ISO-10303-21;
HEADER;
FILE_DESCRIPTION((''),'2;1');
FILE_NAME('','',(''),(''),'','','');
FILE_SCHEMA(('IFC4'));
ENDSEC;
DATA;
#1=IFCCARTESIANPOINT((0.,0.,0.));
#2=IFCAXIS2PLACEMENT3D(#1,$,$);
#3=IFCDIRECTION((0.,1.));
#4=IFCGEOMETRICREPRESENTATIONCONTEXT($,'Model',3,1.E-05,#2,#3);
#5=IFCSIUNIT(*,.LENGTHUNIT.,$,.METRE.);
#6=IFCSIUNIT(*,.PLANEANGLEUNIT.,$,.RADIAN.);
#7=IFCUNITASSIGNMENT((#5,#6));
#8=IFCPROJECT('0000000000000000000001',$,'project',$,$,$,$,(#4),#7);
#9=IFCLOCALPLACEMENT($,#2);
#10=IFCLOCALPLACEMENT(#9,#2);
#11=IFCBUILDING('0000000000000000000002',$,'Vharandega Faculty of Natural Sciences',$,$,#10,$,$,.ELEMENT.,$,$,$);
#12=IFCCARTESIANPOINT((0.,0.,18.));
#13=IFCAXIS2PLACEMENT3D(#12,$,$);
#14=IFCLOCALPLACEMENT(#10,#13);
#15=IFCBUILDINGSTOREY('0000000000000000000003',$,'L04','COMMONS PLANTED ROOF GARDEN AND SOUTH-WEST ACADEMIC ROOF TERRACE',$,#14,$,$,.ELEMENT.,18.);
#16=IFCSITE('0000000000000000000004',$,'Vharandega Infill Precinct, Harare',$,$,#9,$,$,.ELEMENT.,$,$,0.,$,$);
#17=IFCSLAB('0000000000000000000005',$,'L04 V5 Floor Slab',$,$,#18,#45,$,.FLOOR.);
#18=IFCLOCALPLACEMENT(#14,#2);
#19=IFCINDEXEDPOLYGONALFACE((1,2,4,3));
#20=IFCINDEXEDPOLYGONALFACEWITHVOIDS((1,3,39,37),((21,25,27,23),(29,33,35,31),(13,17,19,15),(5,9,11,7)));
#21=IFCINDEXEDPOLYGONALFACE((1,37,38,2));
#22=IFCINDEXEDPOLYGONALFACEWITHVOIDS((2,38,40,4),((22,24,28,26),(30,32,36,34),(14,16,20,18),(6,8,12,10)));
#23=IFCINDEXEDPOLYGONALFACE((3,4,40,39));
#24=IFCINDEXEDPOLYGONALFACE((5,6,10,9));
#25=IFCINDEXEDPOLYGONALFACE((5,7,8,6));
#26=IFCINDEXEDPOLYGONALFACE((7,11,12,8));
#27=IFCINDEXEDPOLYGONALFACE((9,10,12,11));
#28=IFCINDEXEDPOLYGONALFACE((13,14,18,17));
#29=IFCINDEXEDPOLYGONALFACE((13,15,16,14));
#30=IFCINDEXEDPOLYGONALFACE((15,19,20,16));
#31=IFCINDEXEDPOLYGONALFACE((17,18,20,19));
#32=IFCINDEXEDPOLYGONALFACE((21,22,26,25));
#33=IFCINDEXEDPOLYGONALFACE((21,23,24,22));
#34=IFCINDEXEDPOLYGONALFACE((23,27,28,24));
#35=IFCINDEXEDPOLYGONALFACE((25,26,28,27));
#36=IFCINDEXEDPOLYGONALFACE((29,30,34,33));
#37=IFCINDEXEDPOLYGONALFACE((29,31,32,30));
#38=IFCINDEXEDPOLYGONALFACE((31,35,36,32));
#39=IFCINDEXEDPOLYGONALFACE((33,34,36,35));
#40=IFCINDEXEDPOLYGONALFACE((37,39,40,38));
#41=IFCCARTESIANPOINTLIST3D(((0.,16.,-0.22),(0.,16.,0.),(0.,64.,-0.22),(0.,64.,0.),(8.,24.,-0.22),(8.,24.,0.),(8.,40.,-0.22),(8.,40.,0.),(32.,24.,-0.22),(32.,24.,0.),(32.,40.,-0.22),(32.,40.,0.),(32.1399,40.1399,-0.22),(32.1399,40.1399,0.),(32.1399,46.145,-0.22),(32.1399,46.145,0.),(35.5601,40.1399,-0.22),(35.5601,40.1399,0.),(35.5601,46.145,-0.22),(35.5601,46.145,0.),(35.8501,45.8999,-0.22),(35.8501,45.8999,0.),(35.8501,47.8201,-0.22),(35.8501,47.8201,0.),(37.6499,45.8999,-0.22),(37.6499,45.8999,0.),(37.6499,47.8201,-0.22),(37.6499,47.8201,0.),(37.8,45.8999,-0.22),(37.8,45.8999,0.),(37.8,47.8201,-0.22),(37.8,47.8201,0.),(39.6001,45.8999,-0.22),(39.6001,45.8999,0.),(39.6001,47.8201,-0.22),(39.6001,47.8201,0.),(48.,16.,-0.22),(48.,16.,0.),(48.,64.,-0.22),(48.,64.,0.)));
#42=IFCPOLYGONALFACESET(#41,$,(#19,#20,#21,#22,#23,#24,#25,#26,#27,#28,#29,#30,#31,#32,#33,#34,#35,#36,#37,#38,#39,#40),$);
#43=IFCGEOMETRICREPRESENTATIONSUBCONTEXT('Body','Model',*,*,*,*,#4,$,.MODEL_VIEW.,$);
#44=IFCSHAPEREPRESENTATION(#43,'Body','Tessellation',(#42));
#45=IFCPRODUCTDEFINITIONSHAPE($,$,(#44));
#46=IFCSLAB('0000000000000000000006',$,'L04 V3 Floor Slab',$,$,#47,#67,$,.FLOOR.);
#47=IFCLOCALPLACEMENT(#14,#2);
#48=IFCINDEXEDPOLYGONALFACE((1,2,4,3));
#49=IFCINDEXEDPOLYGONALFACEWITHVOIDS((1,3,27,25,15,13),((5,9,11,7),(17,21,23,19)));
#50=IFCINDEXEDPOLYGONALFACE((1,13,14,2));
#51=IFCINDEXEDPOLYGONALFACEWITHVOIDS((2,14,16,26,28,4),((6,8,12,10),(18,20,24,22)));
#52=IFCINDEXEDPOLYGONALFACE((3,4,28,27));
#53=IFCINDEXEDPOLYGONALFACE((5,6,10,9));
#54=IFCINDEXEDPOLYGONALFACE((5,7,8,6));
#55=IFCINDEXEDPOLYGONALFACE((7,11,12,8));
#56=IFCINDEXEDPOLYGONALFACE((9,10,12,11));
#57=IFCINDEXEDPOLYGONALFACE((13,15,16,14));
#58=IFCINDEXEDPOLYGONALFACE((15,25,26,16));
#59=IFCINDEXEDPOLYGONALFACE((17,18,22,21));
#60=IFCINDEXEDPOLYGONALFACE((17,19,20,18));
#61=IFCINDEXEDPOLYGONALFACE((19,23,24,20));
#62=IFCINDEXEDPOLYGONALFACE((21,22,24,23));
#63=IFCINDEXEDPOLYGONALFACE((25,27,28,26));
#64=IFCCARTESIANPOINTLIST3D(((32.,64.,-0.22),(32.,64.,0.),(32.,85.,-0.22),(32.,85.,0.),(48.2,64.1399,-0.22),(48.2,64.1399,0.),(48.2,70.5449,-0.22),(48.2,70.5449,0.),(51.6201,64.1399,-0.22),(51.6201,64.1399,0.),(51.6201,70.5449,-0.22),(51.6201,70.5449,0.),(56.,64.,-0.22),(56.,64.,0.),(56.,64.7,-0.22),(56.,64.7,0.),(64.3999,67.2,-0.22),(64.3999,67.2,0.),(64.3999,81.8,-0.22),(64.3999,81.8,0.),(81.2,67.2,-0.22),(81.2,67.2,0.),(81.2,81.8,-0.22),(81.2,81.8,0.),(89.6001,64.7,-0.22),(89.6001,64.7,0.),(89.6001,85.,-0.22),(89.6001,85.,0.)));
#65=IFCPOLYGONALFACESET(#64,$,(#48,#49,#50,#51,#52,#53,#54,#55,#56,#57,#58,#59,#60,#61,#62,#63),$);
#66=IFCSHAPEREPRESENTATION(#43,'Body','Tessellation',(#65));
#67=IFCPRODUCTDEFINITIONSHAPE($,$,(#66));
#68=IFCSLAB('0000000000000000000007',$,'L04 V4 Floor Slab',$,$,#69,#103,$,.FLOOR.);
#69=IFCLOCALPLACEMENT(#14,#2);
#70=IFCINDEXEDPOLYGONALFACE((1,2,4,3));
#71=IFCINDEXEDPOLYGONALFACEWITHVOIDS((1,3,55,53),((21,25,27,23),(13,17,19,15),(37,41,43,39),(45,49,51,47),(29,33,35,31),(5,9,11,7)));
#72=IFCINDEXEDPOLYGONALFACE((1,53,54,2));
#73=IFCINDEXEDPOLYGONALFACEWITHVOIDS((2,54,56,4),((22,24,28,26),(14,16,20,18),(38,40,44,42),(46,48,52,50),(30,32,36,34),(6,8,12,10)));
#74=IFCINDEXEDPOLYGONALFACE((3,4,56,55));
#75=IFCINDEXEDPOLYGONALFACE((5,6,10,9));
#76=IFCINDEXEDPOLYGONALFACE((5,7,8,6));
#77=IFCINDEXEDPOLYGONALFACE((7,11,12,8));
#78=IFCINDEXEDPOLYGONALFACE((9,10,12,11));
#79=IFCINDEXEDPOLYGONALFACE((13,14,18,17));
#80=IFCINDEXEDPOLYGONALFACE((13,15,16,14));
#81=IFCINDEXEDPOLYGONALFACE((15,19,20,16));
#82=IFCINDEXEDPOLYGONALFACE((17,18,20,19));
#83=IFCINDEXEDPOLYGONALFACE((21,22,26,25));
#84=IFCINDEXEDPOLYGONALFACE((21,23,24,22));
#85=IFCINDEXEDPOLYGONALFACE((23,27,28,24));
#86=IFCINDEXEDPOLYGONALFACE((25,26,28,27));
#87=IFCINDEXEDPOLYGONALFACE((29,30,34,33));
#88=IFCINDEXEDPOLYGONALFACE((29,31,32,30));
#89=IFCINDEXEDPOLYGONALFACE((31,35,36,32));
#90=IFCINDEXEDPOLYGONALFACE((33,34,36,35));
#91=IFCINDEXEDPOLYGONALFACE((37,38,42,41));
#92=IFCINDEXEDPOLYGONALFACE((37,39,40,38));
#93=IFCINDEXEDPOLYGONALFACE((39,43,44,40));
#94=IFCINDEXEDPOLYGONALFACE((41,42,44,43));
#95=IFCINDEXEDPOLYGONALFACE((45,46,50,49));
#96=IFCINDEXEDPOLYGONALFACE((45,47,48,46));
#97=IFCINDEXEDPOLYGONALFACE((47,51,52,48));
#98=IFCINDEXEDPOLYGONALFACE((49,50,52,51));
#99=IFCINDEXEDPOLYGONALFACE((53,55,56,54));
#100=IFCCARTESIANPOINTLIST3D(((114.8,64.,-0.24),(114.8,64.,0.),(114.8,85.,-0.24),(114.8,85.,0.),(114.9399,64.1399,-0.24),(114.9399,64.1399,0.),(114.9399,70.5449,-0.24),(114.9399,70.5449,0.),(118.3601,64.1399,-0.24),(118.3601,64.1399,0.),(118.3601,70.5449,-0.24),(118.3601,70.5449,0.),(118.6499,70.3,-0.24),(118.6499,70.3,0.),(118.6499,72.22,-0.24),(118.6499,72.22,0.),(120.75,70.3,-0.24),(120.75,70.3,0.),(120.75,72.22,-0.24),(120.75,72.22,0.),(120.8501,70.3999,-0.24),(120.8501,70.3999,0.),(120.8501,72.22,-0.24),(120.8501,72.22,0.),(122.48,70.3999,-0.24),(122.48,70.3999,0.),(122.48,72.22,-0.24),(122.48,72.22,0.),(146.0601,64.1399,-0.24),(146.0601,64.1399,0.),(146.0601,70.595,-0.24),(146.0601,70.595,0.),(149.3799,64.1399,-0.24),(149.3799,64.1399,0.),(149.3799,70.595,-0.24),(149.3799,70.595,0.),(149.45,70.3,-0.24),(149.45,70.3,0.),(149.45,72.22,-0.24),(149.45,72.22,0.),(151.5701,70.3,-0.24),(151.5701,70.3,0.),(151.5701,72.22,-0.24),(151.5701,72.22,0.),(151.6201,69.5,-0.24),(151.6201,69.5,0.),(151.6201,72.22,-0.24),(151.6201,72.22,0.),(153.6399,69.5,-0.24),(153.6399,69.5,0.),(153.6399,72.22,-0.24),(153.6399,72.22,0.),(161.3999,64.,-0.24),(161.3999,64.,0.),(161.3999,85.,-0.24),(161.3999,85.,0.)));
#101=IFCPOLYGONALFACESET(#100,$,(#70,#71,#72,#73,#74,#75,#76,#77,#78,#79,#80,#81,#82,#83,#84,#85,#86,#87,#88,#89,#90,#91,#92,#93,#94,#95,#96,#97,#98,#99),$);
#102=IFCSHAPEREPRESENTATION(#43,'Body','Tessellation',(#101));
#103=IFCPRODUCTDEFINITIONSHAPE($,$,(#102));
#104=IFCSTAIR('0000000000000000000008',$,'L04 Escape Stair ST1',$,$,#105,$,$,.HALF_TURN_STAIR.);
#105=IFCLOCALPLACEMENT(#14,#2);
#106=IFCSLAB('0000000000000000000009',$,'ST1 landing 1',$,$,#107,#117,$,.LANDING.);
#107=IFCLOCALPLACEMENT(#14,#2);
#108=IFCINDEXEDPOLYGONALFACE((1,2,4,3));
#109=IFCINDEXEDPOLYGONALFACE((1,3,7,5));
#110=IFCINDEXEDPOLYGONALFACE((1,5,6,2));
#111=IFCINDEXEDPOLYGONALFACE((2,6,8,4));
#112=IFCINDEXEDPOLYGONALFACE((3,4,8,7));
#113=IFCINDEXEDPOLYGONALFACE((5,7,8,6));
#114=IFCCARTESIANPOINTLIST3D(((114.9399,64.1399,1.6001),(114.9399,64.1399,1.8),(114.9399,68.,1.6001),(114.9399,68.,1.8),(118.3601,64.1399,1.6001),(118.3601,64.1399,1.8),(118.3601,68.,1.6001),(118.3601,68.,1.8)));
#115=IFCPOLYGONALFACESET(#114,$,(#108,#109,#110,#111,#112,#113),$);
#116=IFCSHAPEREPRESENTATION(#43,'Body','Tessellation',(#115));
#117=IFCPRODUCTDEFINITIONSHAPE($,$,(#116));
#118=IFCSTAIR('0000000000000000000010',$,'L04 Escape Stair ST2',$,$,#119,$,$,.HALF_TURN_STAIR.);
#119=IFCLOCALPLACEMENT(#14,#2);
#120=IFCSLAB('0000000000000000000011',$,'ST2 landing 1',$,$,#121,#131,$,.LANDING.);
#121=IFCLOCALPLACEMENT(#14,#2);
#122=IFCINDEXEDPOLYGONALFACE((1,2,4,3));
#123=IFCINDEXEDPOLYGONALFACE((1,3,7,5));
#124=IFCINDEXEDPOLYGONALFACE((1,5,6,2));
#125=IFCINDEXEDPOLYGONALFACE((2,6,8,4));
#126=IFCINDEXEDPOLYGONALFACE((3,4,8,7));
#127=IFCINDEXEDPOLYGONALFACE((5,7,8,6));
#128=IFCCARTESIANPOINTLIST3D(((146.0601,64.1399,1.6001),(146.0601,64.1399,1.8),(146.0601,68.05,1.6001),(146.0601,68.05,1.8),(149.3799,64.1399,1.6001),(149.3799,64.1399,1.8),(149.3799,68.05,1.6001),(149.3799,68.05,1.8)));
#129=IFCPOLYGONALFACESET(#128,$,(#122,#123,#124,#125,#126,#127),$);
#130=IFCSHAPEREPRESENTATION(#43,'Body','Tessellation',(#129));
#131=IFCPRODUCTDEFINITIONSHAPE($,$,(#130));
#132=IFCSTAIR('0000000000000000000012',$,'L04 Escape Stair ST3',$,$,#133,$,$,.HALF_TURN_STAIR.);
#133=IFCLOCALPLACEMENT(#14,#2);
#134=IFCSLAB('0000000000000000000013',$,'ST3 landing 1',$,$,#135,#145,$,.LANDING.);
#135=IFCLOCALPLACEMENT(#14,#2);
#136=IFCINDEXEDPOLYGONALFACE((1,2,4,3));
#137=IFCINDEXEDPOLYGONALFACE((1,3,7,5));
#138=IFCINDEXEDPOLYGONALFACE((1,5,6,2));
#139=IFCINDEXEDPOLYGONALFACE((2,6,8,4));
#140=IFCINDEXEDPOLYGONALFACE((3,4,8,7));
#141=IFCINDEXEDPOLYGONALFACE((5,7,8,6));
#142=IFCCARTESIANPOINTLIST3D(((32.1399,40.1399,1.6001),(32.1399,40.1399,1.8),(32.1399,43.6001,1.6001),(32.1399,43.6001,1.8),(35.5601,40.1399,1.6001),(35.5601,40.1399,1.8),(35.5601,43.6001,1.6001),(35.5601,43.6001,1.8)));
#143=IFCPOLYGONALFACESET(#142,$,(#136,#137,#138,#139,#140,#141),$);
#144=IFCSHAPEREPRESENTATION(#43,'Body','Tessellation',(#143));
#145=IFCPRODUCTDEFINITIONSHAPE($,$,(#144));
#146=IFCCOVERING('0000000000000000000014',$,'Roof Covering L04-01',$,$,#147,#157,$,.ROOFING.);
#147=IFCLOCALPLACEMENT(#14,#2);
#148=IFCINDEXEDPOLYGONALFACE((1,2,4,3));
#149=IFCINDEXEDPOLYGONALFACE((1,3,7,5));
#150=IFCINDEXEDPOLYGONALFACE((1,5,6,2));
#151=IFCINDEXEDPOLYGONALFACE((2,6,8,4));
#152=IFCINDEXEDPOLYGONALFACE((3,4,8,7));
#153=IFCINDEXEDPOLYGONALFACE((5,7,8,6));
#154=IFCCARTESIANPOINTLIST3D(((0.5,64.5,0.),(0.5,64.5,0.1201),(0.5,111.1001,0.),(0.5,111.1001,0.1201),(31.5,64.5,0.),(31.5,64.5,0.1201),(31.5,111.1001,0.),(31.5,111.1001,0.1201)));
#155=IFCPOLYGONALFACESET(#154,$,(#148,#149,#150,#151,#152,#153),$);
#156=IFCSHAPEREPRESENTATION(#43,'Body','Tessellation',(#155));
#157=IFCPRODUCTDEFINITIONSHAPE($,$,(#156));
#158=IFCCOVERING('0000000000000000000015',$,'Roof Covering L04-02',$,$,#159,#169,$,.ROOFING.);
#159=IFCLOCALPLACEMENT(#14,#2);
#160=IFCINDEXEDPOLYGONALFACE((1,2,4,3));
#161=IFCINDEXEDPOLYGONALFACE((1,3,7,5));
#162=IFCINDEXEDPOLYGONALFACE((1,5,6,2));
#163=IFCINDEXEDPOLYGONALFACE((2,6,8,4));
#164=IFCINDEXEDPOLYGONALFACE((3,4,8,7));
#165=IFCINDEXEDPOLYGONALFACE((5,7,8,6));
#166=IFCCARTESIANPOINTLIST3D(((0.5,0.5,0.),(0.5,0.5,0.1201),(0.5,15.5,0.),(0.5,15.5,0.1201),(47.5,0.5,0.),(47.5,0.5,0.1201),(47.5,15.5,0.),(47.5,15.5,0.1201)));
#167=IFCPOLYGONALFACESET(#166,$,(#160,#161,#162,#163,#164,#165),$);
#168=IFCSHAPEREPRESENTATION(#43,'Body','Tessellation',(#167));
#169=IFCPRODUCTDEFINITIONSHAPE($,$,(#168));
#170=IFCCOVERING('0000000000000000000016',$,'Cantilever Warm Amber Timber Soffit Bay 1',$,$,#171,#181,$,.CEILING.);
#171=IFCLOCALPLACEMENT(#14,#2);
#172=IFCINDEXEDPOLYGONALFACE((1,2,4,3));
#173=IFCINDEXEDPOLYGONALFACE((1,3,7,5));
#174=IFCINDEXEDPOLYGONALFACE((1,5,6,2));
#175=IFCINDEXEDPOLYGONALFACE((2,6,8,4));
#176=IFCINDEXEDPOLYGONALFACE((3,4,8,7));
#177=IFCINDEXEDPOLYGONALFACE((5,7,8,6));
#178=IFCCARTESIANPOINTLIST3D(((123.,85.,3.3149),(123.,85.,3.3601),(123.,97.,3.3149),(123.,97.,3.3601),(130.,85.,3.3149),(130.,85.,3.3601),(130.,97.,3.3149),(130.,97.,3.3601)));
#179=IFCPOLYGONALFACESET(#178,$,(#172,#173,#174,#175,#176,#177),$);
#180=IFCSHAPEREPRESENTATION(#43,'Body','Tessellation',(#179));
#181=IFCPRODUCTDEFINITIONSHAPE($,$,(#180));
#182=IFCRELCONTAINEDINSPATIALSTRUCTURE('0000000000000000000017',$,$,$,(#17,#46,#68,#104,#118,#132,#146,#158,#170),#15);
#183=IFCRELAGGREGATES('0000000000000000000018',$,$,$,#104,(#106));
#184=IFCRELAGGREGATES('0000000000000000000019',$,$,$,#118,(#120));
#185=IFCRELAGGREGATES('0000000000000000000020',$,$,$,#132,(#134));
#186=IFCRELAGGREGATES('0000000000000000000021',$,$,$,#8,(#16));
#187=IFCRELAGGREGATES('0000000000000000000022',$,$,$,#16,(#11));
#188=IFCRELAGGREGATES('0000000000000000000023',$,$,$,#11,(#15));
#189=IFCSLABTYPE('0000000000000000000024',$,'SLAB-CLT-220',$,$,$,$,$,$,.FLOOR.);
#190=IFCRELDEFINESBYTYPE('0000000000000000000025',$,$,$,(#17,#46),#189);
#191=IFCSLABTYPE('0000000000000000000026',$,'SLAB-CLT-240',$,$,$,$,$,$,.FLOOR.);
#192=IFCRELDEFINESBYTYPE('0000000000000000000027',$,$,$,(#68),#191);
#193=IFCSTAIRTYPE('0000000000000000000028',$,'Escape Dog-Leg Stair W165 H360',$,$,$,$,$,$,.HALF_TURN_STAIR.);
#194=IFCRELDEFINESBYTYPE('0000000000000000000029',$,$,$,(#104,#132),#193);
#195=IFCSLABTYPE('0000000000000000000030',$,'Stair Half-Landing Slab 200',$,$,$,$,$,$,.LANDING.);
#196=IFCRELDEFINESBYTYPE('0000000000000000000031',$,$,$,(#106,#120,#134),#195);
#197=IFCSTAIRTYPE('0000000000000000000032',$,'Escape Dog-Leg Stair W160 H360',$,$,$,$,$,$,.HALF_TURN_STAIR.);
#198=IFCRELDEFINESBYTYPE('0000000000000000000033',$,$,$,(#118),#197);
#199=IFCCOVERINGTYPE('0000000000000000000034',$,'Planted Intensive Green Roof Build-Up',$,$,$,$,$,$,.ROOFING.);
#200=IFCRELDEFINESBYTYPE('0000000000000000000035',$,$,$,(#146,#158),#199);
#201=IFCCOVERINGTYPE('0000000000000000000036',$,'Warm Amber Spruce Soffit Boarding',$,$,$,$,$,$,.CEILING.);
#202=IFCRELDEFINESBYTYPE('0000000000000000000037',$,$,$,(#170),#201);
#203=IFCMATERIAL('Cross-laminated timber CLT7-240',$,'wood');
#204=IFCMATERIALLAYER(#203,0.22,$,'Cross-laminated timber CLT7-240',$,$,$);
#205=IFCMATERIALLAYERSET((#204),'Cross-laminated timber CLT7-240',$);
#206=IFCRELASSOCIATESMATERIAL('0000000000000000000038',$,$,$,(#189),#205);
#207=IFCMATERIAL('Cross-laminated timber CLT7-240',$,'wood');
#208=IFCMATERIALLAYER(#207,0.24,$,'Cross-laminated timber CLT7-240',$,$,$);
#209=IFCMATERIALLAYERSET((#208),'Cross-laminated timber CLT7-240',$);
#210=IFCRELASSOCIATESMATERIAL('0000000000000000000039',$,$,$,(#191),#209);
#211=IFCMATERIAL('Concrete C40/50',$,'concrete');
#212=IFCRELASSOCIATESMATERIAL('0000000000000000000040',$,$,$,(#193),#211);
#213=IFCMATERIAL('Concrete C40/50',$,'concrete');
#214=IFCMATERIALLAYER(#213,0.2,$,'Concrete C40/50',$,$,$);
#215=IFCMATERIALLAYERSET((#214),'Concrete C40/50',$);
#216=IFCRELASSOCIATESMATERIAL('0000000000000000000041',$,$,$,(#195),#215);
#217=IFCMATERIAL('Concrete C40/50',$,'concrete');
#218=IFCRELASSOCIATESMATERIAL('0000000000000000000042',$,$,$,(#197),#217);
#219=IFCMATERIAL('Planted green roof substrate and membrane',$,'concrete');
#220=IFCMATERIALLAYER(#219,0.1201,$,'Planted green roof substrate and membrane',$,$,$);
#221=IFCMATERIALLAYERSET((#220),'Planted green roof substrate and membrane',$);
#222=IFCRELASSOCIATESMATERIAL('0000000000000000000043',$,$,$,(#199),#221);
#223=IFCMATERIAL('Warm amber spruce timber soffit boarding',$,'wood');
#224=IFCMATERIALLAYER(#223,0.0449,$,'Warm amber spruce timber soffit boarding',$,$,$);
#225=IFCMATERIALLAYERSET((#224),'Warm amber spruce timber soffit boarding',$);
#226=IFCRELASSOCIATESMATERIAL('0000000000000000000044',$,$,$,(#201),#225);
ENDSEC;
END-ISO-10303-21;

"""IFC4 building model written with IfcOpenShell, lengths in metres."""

from ifc_helpers import new_model, si_unit, direction, frame, origin, place, context, subcontext, project, spatial, polyline, outline, extrude, material, layer, layer_set, type_object, element, aggregate, save


model = new_model("IFC4")

# Units and contexts
model_context = context("Model", 3, precision=1e-05, world=origin(), true_north=direction((0.0, 1.0)))
body_context = subcontext(model_context, "Body", "Model", "MODEL_VIEW")
ifc_project = project(units=[si_unit("LENGTHUNIT", "METRE"), si_unit("PLANEANGLEUNIT", "RADIAN")], contexts=[model_context])

# Site, building, storey
site_placement = place(None, origin())
site = spatial("IfcSite", under=ifc_project, at=site_placement, Name="Vharandega Infill Precinct, Harare", CompositionType="ELEMENT", RefElevation=0.0)
building_placement = place(site_placement, origin())
building = spatial("IfcBuilding", under=site, at=building_placement, Name="Vharandega Faculty of Natural Sciences", CompositionType="ELEMENT")
storey_placement = place(building_placement, frame((0.0, 0.0, 18.0)))
storey = spatial("IfcBuildingStorey", under=building, at=storey_placement, Name="L04", Description="COMMONS PLANTED ROOF GARDEN AND SOUTH-WEST ACADEMIC ROOF TERRACE", CompositionType="ELEMENT", Elevation=18.0)

# Slabs
ifc_material_1 = material(Name="Cross-laminated timber CLT7-240", Category="wood")
ifc_layer_1 = layer(ifc_material_1, 0.22, Name="Cross-laminated timber CLT7-240")
ifc_layer_set_1 = layer_set([ifc_layer_1], Name="Cross-laminated timber CLT7-240")
slab_type_1 = type_object("IfcSlabType", Name="SLAB-CLT-220", PredefinedType="FLOOR", material=ifc_layer_set_1)
slab_1_placement = place(storey_placement, frame((0.0, 0.0, -0.22)))
element("IfcSlab", 1, at=slab_1_placement, inside=storey, type_object=slab_type_1, Name="L04 V5 Floor Slab", PredefinedType="FLOOR", context=body_context, shape_type="SweptSolid", body=[
    extrude(outline(polyline([(0.0, 16.0), (48.0, 16.0), (48.0, 64.0), (0.0, 64.0), (0.0, 16.0)]), holes=[polyline([(8.0, 24.0), (32.0, 24.0), (32.0, 40.0), (8.0, 40.0), (8.0, 24.0)]), polyline([(32.1399, 46.145), (32.1399, 40.1399), (35.5601, 40.1399), (35.5601, 46.145), (32.1399, 46.145)]), polyline([(35.8501, 45.8999), (37.6499, 45.8999), (37.6499, 47.8201), (35.8501, 47.8201), (35.8501, 45.8999)]), polyline([(37.8, 45.8999), (39.6001, 45.8999), (39.6001, 47.8201), (37.8, 47.8201), (37.8, 45.8999)])]), origin(), (0.0, 0.0, 1.0), 0.22),
])
slab_2_placement = place(storey_placement, frame((0.0, 0.0, -0.22)))
element("IfcSlab", 2, at=slab_2_placement, inside=storey, type_object=slab_type_1, Name="L04 V3 Floor Slab", PredefinedType="FLOOR", context=body_context, shape_type="SweptSolid", body=[
    extrude(outline(polyline([(32.0, 64.0), (56.0, 64.0), (56.0, 64.7), (89.6001, 64.7), (89.6001, 85.0), (32.0, 85.0), (32.0, 64.0)]), holes=[polyline([(64.3999, 67.2), (81.2, 67.2), (81.2, 81.8), (64.3999, 81.8), (64.3999, 67.2)]), polyline([(48.2, 70.5449), (48.2, 64.1399), (51.6201, 64.1399), (51.6201, 70.5449), (48.2, 70.5449)])]), origin(), (0.0, 0.0, 1.0), 0.22),
])
ifc_material_2 = material(Name="Cross-laminated timber CLT7-240", Category="wood")
ifc_layer_2 = layer(ifc_material_2, 0.24, Name="Cross-laminated timber CLT7-240")
ifc_layer_set_2 = layer_set([ifc_layer_2], Name="Cross-laminated timber CLT7-240")
slab_type_2 = type_object("IfcSlabType", Name="SLAB-CLT-240", PredefinedType="FLOOR", material=ifc_layer_set_2)
slab_3_placement = place(storey_placement, frame((0.0, 0.0, -0.24)))
element("IfcSlab", 3, at=slab_3_placement, inside=storey, type_object=slab_type_2, Name="L04 V4 Floor Slab", PredefinedType="FLOOR", context=body_context, shape_type="SweptSolid", body=[
    extrude(outline(polyline([(114.8, 64.0), (161.3999, 64.0), (161.3999, 85.0), (114.8, 85.0), (114.8, 64.0)]), holes=[polyline([(114.9399, 70.5449), (114.9399, 64.1399), (118.3601, 64.1399), (118.3601, 70.5449), (114.9399, 70.5449)]), polyline([(118.6499, 70.3), (120.75, 70.3), (120.75, 72.22), (118.6499, 72.22), (118.6499, 70.3)]), polyline([(120.8501, 70.3999), (122.48, 70.3999), (122.48, 72.22), (120.8501, 72.22), (120.8501, 70.3999)]), polyline([(146.0601, 70.595), (146.0601, 64.1399), (149.3799, 64.1399), (149.3799, 70.595), (146.0601, 70.595)]), polyline([(149.45, 70.3), (151.5701, 70.3), (151.5701, 72.22), (149.45, 72.22), (149.45, 70.3)]), polyline([(151.6201, 69.5), (153.6399, 69.5), (153.6399, 72.22), (151.6201, 72.22), (151.6201, 69.5)])]), origin(), (0.0, 0.0, 1.0), 0.24),
])

# Stairs, slabs
ifc_material_3 = material(Name="Concrete C40/50", Category="concrete")
stair_type_1 = type_object("IfcStairType", Name="Escape Dog-Leg Stair W165 H360", PredefinedType="HALF_TURN_STAIR", material=ifc_material_3)
stair_1_placement = place(storey_placement, origin())
stair_1 = element("IfcStair", 4, at=stair_1_placement, inside=storey, type_object=stair_type_1, Name="L04 Escape Stair ST1", PredefinedType="HALF_TURN_STAIR")
ifc_material_4 = material(Name="Concrete C40/50", Category="concrete")
ifc_layer_3 = layer(ifc_material_4, 0.2, Name="Concrete C40/50")
ifc_layer_set_3 = layer_set([ifc_layer_3], Name="Concrete C40/50")
slab_type_3 = type_object("IfcSlabType", Name="Stair Half-Landing Slab 200", PredefinedType="LANDING", material=ifc_layer_set_3)
slab_4_placement = place(storey_placement, frame((0.0, 0.0, 1.6001)))
slab_4 = element("IfcSlab", 5, at=slab_4_placement, type_object=slab_type_3, Name="ST1 landing 1", PredefinedType="LANDING", context=body_context, shape_type="SweptSolid", body=[
    extrude(outline(polyline([(114.9399, 68.0), (114.9399, 64.1399), (118.3601, 64.1399), (118.3601, 68.0), (114.9399, 68.0)])), origin(), (0.0, 0.0, 1.0), 0.2),
])
aggregate(stair_1, [slab_4])
ifc_material_5 = material(Name="Concrete C40/50", Category="concrete")
stair_type_2 = type_object("IfcStairType", Name="Escape Dog-Leg Stair W160 H360", PredefinedType="HALF_TURN_STAIR", material=ifc_material_5)
stair_2_placement = place(storey_placement, origin())
stair_2 = element("IfcStair", 6, at=stair_2_placement, inside=storey, type_object=stair_type_2, Name="L04 Escape Stair ST2", PredefinedType="HALF_TURN_STAIR")
slab_5_placement = place(storey_placement, frame((0.0, 0.0, 1.6001)))
slab_5 = element("IfcSlab", 7, at=slab_5_placement, type_object=slab_type_3, Name="ST2 landing 1", PredefinedType="LANDING", context=body_context, shape_type="SweptSolid", body=[
    extrude(outline(polyline([(146.0601, 68.05), (146.0601, 64.1399), (149.3799, 64.1399), (149.3799, 68.05), (146.0601, 68.05)])), origin(), (0.0, 0.0, 1.0), 0.2),
])
aggregate(stair_2, [slab_5])
stair_3_placement = place(storey_placement, origin())
stair_3 = element("IfcStair", 8, at=stair_3_placement, inside=storey, type_object=stair_type_1, Name="L04 Escape Stair ST3", PredefinedType="HALF_TURN_STAIR")
slab_6_placement = place(storey_placement, frame((0.0, 0.0, 1.6001)))
slab_6 = element("IfcSlab", 9, at=slab_6_placement, type_object=slab_type_3, Name="ST3 landing 1", PredefinedType="LANDING", context=body_context, shape_type="SweptSolid", body=[
    extrude(outline(polyline([(32.1399, 43.6001), (32.1399, 40.1399), (35.5601, 40.1399), (35.5601, 43.6001), (32.1399, 43.6001)])), origin(), (0.0, 0.0, 1.0), 0.2),
])
aggregate(stair_3, [slab_6])

# Coverings
ifc_material_6 = material(Name="Planted green roof substrate and membrane", Category="concrete")
ifc_layer_4 = layer(ifc_material_6, 0.1201, Name="Planted green roof substrate and membrane")
ifc_layer_set_4 = layer_set([ifc_layer_4], Name="Planted green roof substrate and membrane")
covering_type_1 = type_object("IfcCoveringType", Name="Planted Intensive Green Roof Build-Up", PredefinedType="ROOFING", material=ifc_layer_set_4)
covering_1_placement = place(storey_placement, origin())
element("IfcCovering", 10, at=covering_1_placement, inside=storey, type_object=covering_type_1, Name="Roof Covering L04-01", PredefinedType="ROOFING", context=body_context, shape_type="SweptSolid", body=[
    extrude(outline(polyline([(0.5, 64.5), (31.5, 64.5), (31.5, 111.1001), (0.5, 111.1001), (0.5, 64.5)])), origin(), (0.0, 0.0, 1.0), 0.1201),
])
covering_2_placement = place(storey_placement, origin())
element("IfcCovering", 11, at=covering_2_placement, inside=storey, type_object=covering_type_1, Name="Roof Covering L04-02", PredefinedType="ROOFING", context=body_context, shape_type="SweptSolid", body=[
    extrude(outline(polyline([(0.5, 0.5), (47.5, 0.5), (47.5, 15.5), (0.5, 15.5), (0.5, 0.5)])), origin(), (0.0, 0.0, 1.0), 0.1201),
])
ifc_material_7 = material(Name="Warm amber spruce timber soffit boarding", Category="wood")
ifc_layer_5 = layer(ifc_material_7, 0.0449, Name="Warm amber spruce timber soffit boarding")
ifc_layer_set_5 = layer_set([ifc_layer_5], Name="Warm amber spruce timber soffit boarding")
covering_type_2 = type_object("IfcCoveringType", Name="Warm Amber Spruce Soffit Boarding", PredefinedType="CEILING", material=ifc_layer_set_5)
covering_3_placement = place(storey_placement, frame((0.0, 0.0, 3.3149)))
element("IfcCovering", 12, at=covering_3_placement, inside=storey, type_object=covering_type_2, Name="Cantilever Warm Amber Timber Soffit Bay 1", PredefinedType="CEILING", context=body_context, shape_type="SweptSolid", body=[
    extrude(outline(polyline([(123.0, 85.0), (130.0, 85.0), (130.0, 97.0), (123.0, 97.0), (123.0, 85.0)])), origin(), (0.0, 0.0, 1.0), 0.0452),
])

save(model, "model.ifc")
